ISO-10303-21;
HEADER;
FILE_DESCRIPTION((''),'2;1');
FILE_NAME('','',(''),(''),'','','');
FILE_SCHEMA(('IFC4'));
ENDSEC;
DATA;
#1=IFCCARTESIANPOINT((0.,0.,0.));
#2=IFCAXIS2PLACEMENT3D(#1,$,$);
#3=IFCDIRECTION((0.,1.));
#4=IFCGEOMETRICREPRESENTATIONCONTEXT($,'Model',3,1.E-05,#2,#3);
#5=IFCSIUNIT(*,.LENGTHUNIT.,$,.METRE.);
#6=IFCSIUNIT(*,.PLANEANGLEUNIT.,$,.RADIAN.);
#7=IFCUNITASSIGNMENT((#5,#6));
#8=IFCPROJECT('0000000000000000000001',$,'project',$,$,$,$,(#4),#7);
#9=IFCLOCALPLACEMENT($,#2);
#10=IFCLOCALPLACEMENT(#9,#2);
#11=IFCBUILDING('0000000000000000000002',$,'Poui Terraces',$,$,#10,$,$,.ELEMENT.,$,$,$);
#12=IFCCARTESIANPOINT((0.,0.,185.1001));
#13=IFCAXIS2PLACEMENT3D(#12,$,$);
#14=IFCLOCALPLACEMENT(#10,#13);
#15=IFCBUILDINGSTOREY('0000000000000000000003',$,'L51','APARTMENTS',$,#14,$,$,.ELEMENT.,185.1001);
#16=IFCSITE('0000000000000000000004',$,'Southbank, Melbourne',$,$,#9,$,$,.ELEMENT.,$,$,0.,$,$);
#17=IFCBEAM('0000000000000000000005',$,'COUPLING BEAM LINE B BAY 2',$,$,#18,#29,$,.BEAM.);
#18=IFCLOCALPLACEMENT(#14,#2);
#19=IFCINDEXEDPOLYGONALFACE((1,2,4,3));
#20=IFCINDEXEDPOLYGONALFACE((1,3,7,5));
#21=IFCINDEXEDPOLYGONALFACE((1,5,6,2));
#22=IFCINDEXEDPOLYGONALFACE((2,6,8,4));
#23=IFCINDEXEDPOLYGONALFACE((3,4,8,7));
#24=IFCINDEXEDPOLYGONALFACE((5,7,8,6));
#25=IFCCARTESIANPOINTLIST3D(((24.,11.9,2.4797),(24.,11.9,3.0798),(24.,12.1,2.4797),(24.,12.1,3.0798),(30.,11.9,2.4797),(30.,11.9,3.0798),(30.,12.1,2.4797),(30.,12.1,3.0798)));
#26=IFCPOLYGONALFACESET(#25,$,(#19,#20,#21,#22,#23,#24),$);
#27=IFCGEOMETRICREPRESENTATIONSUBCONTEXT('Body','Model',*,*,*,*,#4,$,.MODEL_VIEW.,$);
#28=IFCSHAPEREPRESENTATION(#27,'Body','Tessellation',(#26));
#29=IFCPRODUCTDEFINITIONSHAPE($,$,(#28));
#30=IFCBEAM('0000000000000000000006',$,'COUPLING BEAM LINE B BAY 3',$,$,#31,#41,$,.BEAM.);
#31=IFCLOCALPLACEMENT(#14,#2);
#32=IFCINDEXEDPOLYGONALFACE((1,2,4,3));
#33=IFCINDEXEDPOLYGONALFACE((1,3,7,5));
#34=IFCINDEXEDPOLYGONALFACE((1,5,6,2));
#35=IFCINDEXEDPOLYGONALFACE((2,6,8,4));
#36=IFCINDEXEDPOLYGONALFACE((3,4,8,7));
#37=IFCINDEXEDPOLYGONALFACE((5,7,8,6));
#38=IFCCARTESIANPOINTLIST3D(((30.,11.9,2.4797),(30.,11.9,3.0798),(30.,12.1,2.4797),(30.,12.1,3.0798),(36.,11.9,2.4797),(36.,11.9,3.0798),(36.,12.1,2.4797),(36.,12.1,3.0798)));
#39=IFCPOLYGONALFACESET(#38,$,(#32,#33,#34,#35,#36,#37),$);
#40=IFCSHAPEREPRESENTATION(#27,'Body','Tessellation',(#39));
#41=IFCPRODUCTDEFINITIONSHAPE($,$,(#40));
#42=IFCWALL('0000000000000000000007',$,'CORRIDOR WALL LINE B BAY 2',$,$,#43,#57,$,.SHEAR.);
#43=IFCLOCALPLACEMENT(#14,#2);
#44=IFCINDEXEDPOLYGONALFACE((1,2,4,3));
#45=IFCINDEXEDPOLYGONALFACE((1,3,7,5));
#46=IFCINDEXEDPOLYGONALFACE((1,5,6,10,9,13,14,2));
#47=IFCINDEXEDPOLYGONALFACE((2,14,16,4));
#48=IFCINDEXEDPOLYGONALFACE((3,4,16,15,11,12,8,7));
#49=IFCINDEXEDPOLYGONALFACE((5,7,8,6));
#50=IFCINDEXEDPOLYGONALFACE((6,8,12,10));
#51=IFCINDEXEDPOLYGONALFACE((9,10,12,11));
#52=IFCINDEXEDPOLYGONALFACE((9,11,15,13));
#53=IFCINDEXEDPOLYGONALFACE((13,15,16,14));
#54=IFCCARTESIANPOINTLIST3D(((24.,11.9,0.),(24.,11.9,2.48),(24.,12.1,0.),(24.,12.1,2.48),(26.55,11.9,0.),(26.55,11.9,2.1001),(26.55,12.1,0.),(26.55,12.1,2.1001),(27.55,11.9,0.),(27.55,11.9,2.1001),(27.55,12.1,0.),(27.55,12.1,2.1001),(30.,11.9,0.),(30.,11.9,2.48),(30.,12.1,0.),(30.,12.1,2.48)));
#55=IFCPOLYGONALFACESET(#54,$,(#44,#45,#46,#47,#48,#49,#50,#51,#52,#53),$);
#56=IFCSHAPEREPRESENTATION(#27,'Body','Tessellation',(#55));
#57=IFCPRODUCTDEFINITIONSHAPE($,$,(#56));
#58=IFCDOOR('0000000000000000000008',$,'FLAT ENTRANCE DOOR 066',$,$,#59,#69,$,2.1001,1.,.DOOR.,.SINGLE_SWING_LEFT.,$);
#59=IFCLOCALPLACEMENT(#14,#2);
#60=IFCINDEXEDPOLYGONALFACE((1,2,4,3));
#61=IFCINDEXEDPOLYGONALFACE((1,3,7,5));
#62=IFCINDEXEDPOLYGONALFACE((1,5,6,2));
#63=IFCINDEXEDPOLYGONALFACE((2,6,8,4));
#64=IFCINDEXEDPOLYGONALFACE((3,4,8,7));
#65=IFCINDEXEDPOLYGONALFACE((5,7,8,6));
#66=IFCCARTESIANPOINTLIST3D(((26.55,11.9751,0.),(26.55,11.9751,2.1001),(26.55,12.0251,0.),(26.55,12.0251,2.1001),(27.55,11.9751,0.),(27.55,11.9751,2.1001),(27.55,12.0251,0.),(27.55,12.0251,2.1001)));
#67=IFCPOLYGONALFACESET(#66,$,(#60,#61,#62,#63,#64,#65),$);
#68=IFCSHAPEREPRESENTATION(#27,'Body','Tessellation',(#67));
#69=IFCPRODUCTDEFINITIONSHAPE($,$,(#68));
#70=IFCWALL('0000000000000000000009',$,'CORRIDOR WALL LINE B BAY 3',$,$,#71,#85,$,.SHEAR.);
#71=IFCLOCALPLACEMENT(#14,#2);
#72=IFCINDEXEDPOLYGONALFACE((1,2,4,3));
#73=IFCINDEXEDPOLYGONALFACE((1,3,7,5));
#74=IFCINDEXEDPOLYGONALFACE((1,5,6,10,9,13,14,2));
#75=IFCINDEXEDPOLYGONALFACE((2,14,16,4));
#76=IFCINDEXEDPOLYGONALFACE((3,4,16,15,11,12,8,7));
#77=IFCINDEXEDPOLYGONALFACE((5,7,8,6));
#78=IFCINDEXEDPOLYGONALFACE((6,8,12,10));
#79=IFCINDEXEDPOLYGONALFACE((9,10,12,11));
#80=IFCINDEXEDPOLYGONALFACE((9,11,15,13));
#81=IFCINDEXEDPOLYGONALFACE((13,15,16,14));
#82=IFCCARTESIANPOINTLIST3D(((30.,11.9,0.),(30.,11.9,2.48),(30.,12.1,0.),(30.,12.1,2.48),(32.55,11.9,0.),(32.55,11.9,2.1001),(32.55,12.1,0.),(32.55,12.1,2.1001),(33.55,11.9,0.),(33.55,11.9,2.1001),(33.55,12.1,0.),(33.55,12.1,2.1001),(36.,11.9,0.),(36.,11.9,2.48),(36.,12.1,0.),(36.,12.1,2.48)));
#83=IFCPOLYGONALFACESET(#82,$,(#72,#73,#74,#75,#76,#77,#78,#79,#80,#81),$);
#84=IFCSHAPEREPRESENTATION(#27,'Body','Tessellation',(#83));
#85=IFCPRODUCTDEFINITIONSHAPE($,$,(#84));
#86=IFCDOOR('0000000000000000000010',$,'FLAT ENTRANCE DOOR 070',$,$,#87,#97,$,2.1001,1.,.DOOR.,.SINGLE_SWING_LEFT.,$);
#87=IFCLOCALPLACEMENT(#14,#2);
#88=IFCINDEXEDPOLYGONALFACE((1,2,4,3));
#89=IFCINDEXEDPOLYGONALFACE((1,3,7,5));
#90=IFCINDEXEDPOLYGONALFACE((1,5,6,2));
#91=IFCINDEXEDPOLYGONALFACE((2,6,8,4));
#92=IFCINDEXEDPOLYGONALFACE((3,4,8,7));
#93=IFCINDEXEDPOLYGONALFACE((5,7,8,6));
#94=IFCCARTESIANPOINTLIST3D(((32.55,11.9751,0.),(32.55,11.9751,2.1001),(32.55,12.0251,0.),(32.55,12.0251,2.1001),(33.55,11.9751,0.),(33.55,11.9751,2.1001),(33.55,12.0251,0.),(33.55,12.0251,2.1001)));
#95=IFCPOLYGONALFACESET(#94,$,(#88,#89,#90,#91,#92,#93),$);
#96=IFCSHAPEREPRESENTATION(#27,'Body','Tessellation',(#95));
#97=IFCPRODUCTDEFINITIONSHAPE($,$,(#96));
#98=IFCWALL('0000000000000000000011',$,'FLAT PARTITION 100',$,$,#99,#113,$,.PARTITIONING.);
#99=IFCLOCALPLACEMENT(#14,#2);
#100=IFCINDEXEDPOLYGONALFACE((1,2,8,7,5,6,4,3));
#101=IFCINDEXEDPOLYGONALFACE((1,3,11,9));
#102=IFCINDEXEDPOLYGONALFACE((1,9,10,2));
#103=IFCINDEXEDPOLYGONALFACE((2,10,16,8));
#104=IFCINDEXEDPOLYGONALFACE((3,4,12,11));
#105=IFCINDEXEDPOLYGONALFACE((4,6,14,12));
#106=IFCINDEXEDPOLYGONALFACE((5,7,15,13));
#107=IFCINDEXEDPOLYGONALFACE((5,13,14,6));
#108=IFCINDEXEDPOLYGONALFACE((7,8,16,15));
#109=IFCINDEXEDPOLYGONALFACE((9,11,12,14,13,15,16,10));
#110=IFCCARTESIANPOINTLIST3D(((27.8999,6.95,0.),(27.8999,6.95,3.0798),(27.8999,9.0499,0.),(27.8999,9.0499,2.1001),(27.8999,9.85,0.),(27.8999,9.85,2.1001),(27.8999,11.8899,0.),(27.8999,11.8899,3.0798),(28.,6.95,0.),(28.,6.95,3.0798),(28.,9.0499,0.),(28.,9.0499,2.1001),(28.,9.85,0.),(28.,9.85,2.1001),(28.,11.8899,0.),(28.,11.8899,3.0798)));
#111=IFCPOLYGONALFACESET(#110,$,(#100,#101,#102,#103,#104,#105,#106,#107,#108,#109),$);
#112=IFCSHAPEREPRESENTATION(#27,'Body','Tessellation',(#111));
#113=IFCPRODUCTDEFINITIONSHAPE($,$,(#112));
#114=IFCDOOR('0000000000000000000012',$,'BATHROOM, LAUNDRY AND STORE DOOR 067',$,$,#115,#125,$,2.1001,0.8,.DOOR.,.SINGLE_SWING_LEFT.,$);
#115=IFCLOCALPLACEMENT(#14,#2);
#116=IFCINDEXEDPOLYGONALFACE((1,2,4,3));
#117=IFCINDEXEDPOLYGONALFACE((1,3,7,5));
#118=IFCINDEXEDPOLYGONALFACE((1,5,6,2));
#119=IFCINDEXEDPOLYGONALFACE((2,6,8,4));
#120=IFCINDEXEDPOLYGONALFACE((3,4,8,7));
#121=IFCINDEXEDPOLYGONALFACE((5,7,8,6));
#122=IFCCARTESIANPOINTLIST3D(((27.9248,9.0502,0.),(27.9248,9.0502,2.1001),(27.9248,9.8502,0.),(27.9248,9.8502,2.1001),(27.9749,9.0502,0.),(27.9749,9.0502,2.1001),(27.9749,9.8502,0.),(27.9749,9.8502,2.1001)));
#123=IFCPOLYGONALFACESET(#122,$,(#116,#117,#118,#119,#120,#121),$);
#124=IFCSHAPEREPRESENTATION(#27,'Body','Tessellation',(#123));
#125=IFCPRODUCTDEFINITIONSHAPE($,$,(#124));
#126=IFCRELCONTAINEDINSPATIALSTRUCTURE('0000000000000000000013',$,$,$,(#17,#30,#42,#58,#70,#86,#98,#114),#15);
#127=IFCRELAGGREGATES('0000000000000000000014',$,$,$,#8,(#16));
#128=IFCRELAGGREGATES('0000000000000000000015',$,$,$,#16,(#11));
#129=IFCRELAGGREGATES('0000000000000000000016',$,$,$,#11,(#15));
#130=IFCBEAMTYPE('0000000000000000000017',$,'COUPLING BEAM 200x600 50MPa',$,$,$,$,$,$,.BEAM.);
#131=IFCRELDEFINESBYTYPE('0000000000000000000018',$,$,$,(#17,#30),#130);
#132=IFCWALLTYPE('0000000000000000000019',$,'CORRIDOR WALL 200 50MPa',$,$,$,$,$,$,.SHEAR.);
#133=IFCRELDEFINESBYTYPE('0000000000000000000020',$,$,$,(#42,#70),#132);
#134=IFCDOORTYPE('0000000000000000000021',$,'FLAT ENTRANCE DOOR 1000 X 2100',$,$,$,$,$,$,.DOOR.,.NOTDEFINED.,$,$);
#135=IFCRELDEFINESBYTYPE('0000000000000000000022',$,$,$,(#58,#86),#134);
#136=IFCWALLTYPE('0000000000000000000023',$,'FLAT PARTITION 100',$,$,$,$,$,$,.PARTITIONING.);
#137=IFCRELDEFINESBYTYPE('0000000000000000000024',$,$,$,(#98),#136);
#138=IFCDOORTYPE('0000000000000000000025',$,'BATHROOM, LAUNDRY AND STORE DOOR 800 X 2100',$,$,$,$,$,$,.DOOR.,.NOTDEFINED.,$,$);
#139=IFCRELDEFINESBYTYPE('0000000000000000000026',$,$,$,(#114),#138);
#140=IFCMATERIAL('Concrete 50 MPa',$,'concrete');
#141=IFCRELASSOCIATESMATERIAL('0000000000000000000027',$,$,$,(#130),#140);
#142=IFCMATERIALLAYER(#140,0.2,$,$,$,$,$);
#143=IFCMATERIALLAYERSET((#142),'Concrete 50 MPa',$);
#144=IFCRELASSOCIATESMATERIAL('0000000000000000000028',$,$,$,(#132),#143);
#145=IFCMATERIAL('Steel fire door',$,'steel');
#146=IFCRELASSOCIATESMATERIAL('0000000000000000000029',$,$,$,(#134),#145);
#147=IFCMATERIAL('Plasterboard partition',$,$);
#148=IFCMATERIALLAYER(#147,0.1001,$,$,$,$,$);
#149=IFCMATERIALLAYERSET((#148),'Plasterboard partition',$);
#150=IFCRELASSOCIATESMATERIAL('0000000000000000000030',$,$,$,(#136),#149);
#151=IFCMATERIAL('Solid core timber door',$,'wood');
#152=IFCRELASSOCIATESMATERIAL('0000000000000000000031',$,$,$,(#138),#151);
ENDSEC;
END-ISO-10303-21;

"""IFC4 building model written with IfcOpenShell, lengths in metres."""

from ifc_helpers import new_model, si_unit, direction, frame, frame_2d, origin, origin_2d, place, context, subcontext, project, spatial, rectangle, extrude, source, transform, mapped, material, layer, layer_set, material_profile, profile_set, type_object, element, fill, save


model = new_model("IFC4")

# Units and contexts
model_context = context("Model", 3, precision=1e-05, world=origin(), true_north=direction((0.0, 1.0)))
body_context = subcontext(model_context, "Body", "Model", "MODEL_VIEW")
ifc_project = project(units=[si_unit("LENGTHUNIT", "METRE"), si_unit("PLANEANGLEUNIT", "RADIAN")], contexts=[model_context])

# Site, building, storey
site_placement = place(None, origin())
site = spatial("IfcSite", under=ifc_project, at=site_placement, Name="Southbank, Melbourne", CompositionType="ELEMENT", RefElevation=0.0)
building_placement = place(site_placement, origin())
building = spatial("IfcBuilding", under=site, at=building_placement, Name="Poui Terraces", CompositionType="ELEMENT")
storey_placement = place(building_placement, frame((0.0, 0.0, 185.1001)))
storey = spatial("IfcBuildingStorey", under=building, at=storey_placement, Name="L51", Description="APARTMENTS", CompositionType="ELEMENT", Elevation=185.1001)

# Beams
ifc_material_1 = material(Name="Concrete 50 MPa", Category="concrete")
ifc_material_profile = material_profile(ifc_material_1, rectangle(XDim=0.2, YDim=0.6001, at=origin_2d()), Name="RC 200x600")
ifc_profile_set = profile_set([ifc_material_profile], Name="Concrete 50 MPa")
beam_type = type_object("IfcBeamType", Name="COUPLING BEAM 200x600 50MPa", PredefinedType="BEAM", material=ifc_profile_set)
shared_shape = source(origin(), body_context, "Body", "SweptSolid", [
    extrude(rectangle(XDim=0.2, YDim=0.6001, at=origin_2d()), origin(), (0.0, 0.0, 1.0), 6.0),
])
for number, where, z_axis, x_axis, name in (
    (1, (24.0, 12.0, 2.7798), (1.0, 0.0, 0.0), (0.0, 1.0, 0.0), "COUPLING BEAM LINE B BAY 2"),
    (2, (30.0, 12.0, 2.7798), (1.0, 0.0, 0.0), (0.0, 1.0, 0.0), "COUPLING BEAM LINE B BAY 3"),
):
    element("IfcBeam", number, at=place(storey_placement, frame(where, z_axis=z_axis, x_axis=x_axis)), inside=storey, type_object=beam_type, Name=name, PredefinedType="BEAM", context=body_context, shape_type="MappedRepresentation", body=[
        mapped(shared_shape, transform((0.0, 0.0, 0.0))),
    ])

# Walls, openings, doors
ifc_layer_1 = layer(ifc_material_1, 0.2)
ifc_layer_set_1 = layer_set([ifc_layer_1], Name="Concrete 50 MPa")
wall_type_1 = type_object("IfcWallType", Name="CORRIDOR WALL 200 50MPa", PredefinedType="SHEAR", material=ifc_layer_set_1)
wall_1_placement = place(storey_placement, frame((24.0, 12.0, 0.0), z_axis=(0.0, 0.0, 1.0), x_axis=(1.0, 0.0, 0.0)))
wall_1 = element("IfcWall", 3, at=wall_1_placement, inside=storey, type_object=wall_type_1, Name="CORRIDOR WALL LINE B BAY 2", PredefinedType="SHEAR", context=body_context, shape_type="SweptSolid", body=[
    extrude(rectangle(XDim=6.0, YDim=0.2, at=frame_2d((3.0, 0.0))), origin(), (0.0, 0.0, 1.0), 2.48),
])
opening_1_placement = place(wall_1_placement, frame((2.55, 0.0, 0.0)))
opening_1 = element("IfcOpeningElement", 4, at=opening_1_placement, cuts=wall_1, PredefinedType="OPENING", context=body_context, shape_type="SweptSolid", body=[
    extrude(rectangle(XDim=1.0, YDim=2.1001, at=frame_2d((0.5, 1.05))), frame((0.0, 0.1099, 0.0), z_axis=(0.0, -1.0, 0.0), x_axis=(1.0, 0.0, 0.0)), (0.0, 0.0, 1.0), 0.22),
])
ifc_material_2 = material(Name="Steel fire door", Category="steel")
door_type_1 = type_object("IfcDoorType", Name="FLAT ENTRANCE DOOR 1000 X 2100", OperationType="NOTDEFINED", PredefinedType="DOOR", material=ifc_material_2)
door_1_placement = place(opening_1_placement, frame((1.0, 0.0, 0.0), z_axis=(0.0, 0.0, 1.0), x_axis=(-1.0, 0.0, 0.0)))
door_1 = element("IfcDoor", 5, at=door_1_placement, inside=storey, type_object=door_type_1, Name="FLAT ENTRANCE DOOR 066", OperationType="SINGLE_SWING_LEFT", OverallHeight=2.1001, OverallWidth=1.0, PredefinedType="DOOR", context=body_context, shape_type="SweptSolid", body=[
    extrude(rectangle(XDim=1.0, YDim=2.1001, at=frame_2d((0.5, 1.05))), frame((0.0, 0.0249, 0.0), z_axis=(0.0, -1.0, 0.0), x_axis=(1.0, 0.0, 0.0)), (0.0, 0.0, 1.0), 0.05),
])
fill(opening_1, door_1)
wall_2_placement = place(storey_placement, frame((30.0, 12.0, 0.0), z_axis=(0.0, 0.0, 1.0), x_axis=(1.0, 0.0, 0.0)))
wall_2 = element("IfcWall", 6, at=wall_2_placement, inside=storey, type_object=wall_type_1, Name="CORRIDOR WALL LINE B BAY 3", PredefinedType="SHEAR", context=body_context, shape_type="SweptSolid", body=[
    extrude(rectangle(XDim=6.0, YDim=0.2, at=frame_2d((3.0, 0.0))), origin(), (0.0, 0.0, 1.0), 2.48),
])
opening_2_placement = place(wall_2_placement, frame((2.55, 0.0, 0.0)))
opening_2 = element("IfcOpeningElement", 7, at=opening_2_placement, cuts=wall_2, PredefinedType="OPENING", context=body_context, shape_type="SweptSolid", body=[
    extrude(rectangle(XDim=1.0, YDim=2.1001, at=frame_2d((0.5, 1.05))), frame((0.0, 0.1099, 0.0), z_axis=(0.0, -1.0, 0.0), x_axis=(1.0, 0.0, 0.0)), (0.0, 0.0, 1.0), 0.22),
])
door_2_placement = place(opening_2_placement, frame((1.0, 0.0, 0.0), z_axis=(0.0, 0.0, 1.0), x_axis=(-1.0, 0.0, 0.0)))
door_2 = element("IfcDoor", 8, at=door_2_placement, inside=storey, type_object=door_type_1, Name="FLAT ENTRANCE DOOR 070", OperationType="SINGLE_SWING_LEFT", OverallHeight=2.1001, OverallWidth=1.0, PredefinedType="DOOR", context=body_context, shape_type="SweptSolid", body=[
    extrude(rectangle(XDim=1.0, YDim=2.1001, at=frame_2d((0.5, 1.05))), frame((0.0, 0.0249, 0.0), z_axis=(0.0, -1.0, 0.0), x_axis=(1.0, 0.0, 0.0)), (0.0, 0.0, 1.0), 0.05),
])
fill(opening_2, door_2)
ifc_material_3 = material(Name="Plasterboard partition")
ifc_layer_2 = layer(ifc_material_3, 0.1001)
ifc_layer_set_2 = layer_set([ifc_layer_2], Name="Plasterboard partition")
wall_type_2 = type_object("IfcWallType", Name="FLAT PARTITION 100", PredefinedType="PARTITIONING", material=ifc_layer_set_2)
wall_3_placement = place(storey_placement, frame((27.95, 6.95, 0.0), z_axis=(0.0, 0.0, 1.0), x_axis=(0.0, 1.0, 0.0)))
wall_3 = element("IfcWall", 9, at=wall_3_placement, inside=storey, type_object=wall_type_2, Name="FLAT PARTITION 100", PredefinedType="PARTITIONING", context=body_context, shape_type="SweptSolid", body=[
    extrude(rectangle(XDim=4.9399, YDim=0.1001, at=frame_2d((2.47, 0.0))), origin(), (0.0, 0.0, 1.0), 3.0798),
])
opening_3_placement = place(wall_3_placement, frame((2.1001, 0.0, 0.0)))
opening_3 = element("IfcOpeningElement", 10, at=opening_3_placement, cuts=wall_3, PredefinedType="OPENING", context=body_context, shape_type="SweptSolid", body=[
    extrude(rectangle(XDim=0.8, YDim=2.1001, at=frame_2d((0.3999, 1.05))), frame((0.0, 0.0601, 0.0), z_axis=(0.0, -1.0, 0.0), x_axis=(1.0, 0.0, 0.0)), (0.0, 0.0, 1.0), 0.1201),
])
ifc_material_4 = material(Name="Solid core timber door", Category="wood")
door_type_2 = type_object("IfcDoorType", Name="BATHROOM, LAUNDRY AND STORE DOOR 800 X 2100", OperationType="NOTDEFINED", PredefinedType="DOOR", material=ifc_material_4)
door_3_placement = place(opening_3_placement, frame((0.8, 0.0, 0.0), z_axis=(0.0, 0.0, 1.0), x_axis=(-1.0, 0.0, 0.0)))
door_3 = element("IfcDoor", 11, at=door_3_placement, inside=storey, type_object=door_type_2, Name="BATHROOM, LAUNDRY AND STORE DOOR 067", OperationType="SINGLE_SWING_LEFT", OverallHeight=2.1001, OverallWidth=0.8, PredefinedType="DOOR", context=body_context, shape_type="SweptSolid", body=[
    extrude(rectangle(XDim=0.8, YDim=2.1001, at=frame_2d((0.3999, 1.05))), frame((0.0, 0.0249, 0.0), z_axis=(0.0, -1.0, 0.0), x_axis=(1.0, 0.0, 0.0)), (0.0, 0.0, 1.0), 0.05),
])
fill(opening_3, door_3)

save(model, "model.ifc")
